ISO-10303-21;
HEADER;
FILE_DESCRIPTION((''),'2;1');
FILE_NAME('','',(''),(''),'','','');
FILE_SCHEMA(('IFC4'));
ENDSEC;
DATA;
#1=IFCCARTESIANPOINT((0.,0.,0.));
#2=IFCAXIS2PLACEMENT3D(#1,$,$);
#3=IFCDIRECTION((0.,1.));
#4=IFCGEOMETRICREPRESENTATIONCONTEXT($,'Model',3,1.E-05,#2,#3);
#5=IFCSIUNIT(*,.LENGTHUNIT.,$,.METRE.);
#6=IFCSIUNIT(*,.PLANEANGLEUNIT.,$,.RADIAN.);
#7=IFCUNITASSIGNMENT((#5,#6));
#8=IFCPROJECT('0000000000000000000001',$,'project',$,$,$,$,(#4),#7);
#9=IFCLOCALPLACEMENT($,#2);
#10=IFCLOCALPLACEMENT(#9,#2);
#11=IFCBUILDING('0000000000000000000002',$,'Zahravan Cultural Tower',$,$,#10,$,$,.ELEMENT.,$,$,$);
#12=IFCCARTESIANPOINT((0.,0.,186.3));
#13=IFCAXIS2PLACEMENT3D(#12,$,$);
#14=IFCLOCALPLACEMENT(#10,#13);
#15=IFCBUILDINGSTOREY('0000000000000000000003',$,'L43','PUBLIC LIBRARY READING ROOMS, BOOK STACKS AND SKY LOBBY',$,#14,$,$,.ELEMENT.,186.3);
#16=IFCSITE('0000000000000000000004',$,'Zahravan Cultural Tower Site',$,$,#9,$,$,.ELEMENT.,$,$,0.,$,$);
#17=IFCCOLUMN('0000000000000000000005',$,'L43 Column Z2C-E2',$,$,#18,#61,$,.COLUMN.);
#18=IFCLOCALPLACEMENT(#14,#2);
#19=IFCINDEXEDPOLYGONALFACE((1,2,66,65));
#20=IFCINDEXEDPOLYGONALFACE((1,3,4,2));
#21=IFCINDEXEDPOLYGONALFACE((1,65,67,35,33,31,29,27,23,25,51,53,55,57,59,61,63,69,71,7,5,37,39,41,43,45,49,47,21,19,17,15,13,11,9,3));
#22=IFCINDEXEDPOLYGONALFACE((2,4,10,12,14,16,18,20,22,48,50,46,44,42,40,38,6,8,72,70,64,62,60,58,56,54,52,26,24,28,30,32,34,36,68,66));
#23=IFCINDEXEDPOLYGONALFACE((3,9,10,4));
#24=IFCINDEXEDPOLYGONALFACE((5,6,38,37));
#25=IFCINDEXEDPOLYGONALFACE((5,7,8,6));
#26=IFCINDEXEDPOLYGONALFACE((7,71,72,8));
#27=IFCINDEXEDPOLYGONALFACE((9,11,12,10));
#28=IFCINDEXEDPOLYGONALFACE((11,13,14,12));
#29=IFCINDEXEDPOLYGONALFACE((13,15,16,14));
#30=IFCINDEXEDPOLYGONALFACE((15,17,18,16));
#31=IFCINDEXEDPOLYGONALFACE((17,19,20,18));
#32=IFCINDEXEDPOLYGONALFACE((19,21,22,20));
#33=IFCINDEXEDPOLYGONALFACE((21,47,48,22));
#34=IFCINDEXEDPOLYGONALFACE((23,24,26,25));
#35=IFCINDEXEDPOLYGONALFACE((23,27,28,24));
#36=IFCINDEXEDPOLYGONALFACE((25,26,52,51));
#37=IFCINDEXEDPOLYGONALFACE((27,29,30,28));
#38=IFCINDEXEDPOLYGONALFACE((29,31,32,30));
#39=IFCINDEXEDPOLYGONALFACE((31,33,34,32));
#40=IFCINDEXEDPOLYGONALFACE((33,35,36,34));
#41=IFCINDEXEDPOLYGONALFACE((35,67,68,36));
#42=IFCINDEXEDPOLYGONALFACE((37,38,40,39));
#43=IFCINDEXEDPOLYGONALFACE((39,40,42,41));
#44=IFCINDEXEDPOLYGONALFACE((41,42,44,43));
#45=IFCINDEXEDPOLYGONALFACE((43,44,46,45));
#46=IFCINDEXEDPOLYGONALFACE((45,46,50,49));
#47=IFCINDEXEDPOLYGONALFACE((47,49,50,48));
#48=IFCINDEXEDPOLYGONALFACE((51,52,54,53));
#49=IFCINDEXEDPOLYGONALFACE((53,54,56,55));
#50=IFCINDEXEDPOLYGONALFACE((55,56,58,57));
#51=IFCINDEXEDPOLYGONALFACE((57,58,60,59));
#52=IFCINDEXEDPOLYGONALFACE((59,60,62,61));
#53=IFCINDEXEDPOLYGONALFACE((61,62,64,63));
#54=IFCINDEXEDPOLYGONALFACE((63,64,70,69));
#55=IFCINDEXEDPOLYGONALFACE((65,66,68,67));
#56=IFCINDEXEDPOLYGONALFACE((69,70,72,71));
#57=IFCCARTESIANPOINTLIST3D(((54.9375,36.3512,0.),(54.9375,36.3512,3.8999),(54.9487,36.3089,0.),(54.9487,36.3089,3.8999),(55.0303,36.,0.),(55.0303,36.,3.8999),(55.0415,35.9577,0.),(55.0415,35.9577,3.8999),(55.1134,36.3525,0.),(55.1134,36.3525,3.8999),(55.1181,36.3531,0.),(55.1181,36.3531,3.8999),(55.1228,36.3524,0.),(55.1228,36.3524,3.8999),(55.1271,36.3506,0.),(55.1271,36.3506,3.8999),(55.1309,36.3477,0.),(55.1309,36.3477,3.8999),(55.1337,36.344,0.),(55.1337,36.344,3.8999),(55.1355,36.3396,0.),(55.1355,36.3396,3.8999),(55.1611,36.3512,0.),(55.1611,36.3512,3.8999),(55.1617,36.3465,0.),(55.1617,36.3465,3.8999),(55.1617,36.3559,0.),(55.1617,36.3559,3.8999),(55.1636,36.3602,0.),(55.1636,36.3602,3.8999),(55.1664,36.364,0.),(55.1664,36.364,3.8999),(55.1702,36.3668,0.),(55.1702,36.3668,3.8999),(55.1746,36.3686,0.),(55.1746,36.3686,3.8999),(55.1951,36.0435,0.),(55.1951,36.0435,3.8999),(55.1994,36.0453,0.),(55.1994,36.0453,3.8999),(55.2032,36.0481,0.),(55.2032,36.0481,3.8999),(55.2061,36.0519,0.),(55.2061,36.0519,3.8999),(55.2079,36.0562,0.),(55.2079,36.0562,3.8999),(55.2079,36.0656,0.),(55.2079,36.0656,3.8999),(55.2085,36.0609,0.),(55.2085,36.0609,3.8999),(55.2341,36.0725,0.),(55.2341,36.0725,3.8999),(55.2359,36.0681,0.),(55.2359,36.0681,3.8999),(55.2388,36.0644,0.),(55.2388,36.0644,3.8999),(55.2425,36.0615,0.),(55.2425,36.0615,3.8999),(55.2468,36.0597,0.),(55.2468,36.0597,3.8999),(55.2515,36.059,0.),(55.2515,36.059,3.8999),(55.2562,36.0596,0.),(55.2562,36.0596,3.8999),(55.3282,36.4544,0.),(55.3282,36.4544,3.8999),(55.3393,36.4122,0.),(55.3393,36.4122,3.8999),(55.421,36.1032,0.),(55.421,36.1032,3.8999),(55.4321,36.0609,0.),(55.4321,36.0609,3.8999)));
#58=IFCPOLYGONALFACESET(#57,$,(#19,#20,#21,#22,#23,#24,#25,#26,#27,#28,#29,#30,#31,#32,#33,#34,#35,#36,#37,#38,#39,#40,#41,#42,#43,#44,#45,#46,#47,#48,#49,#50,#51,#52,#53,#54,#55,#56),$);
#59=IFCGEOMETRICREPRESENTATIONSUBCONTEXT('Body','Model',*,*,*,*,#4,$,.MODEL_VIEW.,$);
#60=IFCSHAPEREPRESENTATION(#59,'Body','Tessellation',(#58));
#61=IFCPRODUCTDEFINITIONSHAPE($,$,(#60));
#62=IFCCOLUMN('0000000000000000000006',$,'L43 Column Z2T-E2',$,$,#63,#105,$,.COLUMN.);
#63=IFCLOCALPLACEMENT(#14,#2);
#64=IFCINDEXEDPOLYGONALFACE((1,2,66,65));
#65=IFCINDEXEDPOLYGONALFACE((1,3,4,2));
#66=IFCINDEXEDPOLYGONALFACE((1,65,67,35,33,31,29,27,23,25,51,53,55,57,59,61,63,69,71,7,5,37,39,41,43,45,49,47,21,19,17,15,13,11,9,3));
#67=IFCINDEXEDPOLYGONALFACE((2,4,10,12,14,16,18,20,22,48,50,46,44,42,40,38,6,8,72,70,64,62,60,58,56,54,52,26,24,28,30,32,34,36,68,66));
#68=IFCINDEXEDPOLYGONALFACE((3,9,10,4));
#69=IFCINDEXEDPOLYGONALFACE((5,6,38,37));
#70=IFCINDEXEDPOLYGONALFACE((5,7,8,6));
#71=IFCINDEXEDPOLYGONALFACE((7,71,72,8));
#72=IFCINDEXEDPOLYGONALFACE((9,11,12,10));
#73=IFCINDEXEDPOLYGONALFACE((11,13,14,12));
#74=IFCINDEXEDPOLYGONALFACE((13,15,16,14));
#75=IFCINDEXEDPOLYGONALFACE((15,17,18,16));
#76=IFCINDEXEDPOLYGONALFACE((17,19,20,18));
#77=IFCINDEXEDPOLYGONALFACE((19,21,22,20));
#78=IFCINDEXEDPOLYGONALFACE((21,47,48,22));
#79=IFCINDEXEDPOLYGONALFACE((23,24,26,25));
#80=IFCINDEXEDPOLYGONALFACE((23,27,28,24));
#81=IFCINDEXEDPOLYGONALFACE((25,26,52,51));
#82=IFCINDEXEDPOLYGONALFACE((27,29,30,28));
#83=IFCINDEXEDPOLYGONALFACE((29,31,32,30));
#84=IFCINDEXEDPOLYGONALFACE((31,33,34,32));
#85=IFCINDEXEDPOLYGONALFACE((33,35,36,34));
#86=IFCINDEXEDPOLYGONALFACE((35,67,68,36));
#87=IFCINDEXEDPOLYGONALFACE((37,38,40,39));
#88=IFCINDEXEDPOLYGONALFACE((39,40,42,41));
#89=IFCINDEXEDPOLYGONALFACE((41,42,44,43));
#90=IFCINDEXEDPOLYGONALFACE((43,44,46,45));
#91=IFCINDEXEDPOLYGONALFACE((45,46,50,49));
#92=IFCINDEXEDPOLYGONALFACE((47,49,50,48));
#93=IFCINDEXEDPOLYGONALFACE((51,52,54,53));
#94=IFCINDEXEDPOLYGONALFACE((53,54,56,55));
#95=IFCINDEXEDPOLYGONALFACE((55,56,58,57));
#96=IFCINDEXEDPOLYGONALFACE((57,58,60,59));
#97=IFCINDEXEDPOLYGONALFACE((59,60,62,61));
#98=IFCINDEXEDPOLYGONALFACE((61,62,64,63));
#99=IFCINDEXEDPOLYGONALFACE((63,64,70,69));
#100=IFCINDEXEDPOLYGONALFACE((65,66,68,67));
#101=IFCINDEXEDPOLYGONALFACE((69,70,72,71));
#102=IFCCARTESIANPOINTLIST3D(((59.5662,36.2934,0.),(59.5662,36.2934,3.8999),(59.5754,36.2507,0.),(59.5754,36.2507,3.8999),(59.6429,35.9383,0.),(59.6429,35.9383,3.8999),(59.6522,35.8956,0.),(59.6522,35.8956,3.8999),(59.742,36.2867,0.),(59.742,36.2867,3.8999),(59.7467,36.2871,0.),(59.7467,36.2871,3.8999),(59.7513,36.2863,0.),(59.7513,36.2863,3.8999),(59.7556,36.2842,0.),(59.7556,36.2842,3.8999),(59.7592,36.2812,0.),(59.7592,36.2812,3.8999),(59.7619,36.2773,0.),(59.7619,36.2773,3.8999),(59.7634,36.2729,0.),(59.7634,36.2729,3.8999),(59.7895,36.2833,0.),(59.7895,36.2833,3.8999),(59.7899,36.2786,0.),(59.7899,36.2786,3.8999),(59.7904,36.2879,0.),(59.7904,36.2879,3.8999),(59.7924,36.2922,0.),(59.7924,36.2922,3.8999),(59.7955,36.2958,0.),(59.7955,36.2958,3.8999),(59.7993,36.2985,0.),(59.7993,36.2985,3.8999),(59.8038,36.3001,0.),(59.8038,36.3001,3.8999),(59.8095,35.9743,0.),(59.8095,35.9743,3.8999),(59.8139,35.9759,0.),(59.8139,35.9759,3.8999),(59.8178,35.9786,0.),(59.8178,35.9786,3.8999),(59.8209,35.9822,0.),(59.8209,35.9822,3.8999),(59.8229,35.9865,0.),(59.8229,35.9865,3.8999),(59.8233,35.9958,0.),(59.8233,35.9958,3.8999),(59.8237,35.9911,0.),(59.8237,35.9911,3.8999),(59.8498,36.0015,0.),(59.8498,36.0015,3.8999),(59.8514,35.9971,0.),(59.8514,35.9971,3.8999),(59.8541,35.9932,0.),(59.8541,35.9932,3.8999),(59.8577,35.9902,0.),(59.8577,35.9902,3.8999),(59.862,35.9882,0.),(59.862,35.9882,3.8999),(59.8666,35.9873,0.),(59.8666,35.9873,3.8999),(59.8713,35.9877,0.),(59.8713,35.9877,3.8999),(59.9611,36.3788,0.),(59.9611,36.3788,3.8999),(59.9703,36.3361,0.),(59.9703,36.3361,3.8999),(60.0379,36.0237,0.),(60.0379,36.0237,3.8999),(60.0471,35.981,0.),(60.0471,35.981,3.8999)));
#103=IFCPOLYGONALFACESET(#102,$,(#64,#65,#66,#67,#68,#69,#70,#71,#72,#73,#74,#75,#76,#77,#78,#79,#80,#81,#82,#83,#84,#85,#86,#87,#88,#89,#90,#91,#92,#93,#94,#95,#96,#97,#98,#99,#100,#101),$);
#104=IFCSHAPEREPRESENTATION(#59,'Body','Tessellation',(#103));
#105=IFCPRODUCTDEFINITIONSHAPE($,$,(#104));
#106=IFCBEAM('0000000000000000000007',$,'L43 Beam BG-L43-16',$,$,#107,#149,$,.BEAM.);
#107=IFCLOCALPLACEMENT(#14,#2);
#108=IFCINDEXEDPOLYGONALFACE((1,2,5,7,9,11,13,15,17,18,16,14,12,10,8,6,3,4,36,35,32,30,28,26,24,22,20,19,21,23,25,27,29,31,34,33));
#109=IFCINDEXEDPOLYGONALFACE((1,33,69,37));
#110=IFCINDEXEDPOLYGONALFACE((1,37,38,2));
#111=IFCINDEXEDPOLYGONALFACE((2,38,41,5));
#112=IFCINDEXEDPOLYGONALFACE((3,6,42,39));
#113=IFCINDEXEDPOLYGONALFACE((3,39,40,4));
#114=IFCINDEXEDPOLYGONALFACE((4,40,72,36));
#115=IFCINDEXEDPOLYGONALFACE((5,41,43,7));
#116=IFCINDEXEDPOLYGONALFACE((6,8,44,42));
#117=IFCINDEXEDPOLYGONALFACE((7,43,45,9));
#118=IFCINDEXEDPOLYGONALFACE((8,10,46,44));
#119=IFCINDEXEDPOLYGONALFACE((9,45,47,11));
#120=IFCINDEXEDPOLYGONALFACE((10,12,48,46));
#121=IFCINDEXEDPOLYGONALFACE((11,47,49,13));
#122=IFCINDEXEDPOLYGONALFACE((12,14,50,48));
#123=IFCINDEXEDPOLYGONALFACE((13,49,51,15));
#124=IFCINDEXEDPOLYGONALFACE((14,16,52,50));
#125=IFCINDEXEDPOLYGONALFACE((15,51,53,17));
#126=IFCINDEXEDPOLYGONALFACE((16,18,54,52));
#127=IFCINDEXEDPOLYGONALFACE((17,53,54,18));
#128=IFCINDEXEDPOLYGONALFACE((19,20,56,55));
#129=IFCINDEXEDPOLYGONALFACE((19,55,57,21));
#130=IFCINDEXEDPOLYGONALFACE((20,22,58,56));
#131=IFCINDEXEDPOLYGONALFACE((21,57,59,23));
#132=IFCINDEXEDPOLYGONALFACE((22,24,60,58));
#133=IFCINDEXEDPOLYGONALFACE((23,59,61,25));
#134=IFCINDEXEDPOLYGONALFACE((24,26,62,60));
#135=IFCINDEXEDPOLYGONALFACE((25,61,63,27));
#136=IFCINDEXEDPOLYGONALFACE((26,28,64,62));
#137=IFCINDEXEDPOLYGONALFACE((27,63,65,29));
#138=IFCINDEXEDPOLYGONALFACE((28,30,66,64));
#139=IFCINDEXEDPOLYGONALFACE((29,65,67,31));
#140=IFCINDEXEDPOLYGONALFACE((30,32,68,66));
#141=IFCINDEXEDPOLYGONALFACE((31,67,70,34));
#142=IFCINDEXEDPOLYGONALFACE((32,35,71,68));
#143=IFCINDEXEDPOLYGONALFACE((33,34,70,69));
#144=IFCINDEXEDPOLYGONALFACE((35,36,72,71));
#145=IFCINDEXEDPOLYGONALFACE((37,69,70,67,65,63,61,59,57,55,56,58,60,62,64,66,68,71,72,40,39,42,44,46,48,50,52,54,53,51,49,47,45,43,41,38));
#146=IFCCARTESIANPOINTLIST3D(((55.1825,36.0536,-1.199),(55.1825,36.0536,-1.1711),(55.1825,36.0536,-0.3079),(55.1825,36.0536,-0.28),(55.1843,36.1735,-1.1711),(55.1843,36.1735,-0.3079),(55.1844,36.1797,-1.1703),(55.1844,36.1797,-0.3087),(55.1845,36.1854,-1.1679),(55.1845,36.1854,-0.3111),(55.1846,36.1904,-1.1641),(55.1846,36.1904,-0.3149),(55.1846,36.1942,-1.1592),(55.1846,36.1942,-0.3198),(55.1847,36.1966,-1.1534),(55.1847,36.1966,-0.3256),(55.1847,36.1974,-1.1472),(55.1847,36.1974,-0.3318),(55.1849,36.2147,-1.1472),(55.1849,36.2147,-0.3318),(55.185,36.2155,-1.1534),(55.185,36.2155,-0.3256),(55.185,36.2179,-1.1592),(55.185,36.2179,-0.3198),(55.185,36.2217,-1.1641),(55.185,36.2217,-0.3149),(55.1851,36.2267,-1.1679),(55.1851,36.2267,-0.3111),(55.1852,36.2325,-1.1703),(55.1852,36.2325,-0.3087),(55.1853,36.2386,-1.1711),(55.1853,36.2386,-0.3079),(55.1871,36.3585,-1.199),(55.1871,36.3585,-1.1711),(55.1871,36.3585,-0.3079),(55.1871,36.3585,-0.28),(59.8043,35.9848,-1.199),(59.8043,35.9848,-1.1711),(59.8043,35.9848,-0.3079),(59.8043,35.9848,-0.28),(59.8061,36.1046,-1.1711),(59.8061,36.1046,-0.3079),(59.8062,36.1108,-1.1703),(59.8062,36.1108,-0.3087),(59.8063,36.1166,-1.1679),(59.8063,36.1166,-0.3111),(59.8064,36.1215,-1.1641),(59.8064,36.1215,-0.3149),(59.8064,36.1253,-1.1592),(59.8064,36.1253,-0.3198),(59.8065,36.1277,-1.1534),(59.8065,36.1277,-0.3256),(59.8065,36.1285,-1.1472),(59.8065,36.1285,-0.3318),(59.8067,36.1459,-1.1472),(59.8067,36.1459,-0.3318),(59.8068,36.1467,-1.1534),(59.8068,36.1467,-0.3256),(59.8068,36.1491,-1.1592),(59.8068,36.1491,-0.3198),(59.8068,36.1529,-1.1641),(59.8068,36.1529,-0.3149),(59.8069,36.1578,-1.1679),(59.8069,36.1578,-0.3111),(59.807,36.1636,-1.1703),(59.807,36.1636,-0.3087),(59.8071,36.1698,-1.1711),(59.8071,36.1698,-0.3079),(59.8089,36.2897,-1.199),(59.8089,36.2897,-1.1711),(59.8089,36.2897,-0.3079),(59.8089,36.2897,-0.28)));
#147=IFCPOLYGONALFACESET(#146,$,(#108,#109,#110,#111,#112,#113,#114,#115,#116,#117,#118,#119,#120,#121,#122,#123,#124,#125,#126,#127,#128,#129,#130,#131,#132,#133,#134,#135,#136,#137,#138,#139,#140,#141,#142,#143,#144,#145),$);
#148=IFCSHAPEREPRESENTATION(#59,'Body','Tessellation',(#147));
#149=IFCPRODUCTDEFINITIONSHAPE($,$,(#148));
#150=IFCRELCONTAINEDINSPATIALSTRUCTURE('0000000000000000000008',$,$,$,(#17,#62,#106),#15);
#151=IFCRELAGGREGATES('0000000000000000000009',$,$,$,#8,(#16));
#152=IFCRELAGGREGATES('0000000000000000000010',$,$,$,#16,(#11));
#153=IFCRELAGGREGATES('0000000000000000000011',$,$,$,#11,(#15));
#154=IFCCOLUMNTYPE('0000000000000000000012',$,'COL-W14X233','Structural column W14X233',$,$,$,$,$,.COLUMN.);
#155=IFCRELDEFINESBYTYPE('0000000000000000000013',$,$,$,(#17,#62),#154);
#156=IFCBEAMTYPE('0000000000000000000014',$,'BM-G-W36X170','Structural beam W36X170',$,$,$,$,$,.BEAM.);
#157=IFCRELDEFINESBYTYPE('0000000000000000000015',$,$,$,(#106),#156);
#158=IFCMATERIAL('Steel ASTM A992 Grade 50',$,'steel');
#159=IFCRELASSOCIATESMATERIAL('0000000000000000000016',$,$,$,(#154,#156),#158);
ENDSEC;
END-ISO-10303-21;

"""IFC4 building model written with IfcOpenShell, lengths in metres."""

from ifc_helpers import new_model, si_unit, direction, frame, origin, origin_2d, place, context, subcontext, project, spatial, i_section, extrude, source, transform, mapped, material, material_profile, profile_set, type_object, element, save


model = new_model("IFC4")

# Units and contexts
model_context = context("Model", 3, precision=1e-05, world=origin(), true_north=direction((0.0, 1.0)))
body_context = subcontext(model_context, "Body", "Model", "MODEL_VIEW")
ifc_project = project(units=[si_unit("LENGTHUNIT", "METRE"), si_unit("PLANEANGLEUNIT", "RADIAN")], contexts=[model_context])

# Site, building, storey
site_placement = place(None, origin())
site = spatial("IfcSite", under=ifc_project, at=site_placement, Name="Zahravan Cultural Tower Site", CompositionType="ELEMENT", RefElevation=0.0)
building_placement = place(site_placement, origin())
building = spatial("IfcBuilding", under=site, at=building_placement, Name="Zahravan Cultural Tower", CompositionType="ELEMENT")
storey_placement = place(building_placement, frame((0.0, 0.0, 186.3)))
storey = spatial("IfcBuildingStorey", under=building, at=storey_placement, Name="L43", Description="PUBLIC LIBRARY READING ROOMS, BOOK STACKS AND SKY LOBBY", CompositionType="ELEMENT", Elevation=186.3)

# Columns
ifc_material_1 = material(Name="Steel ASTM A992 Grade 50", Category="steel")
ifc_material_profile_1 = material_profile(ifc_material_1, i_section(OverallWidth=0.4041, OverallDepth=0.407, WebThickness=0.0271, FlangeThickness=0.0437, FilletRadius=0.0181, at=origin_2d()), Name="W14X233")
ifc_profile_set_1 = profile_set([ifc_material_profile_1], Name="Steel ASTM A992 Grade 50")
column_type = type_object("IfcColumnType", Name="COL-W14X233", Description="Structural column W14X233", PredefinedType="COLUMN", material=ifc_profile_set_1)
shared_shape_1 = source(origin(), body_context, "Body", "SweptSolid", [
    extrude(i_section(OverallWidth=0.4041, OverallDepth=0.407, WebThickness=0.0271, FlangeThickness=0.0437, FilletRadius=0.0181, at=origin_2d()), origin(), (0.0, 0.0, 1.0), 3.8999),
])
for number, where, z_axis, x_axis, name in (
    (1, (55.1848, 36.2061, 0.0), (0.0, 0.0, 1.0), (0.966823, 0.255446, 0.0), "L43 Column Z2C-E2"),
    (2, (59.8066, 36.1372, 0.0), (0.0, 0.0, 1.0), (0.977416, 0.211325, 0.0), "L43 Column Z2T-E2"),
):
    element("IfcColumn", number, at=place(storey_placement, frame(where, z_axis=z_axis, x_axis=x_axis)), inside=storey, type_object=column_type, Name=name, PredefinedType="COLUMN", context=body_context, shape_type="MappedRepresentation", body=[
        mapped(shared_shape_1, transform((0.0, 0.0, 0.0), x_axis=(1.0, 0.0, 0.0), y_axis=(0.0, 1.0, 0.0), z_axis=(0.0, 0.0, 1.0), scale=1.0)),
    ])

# Beam
ifc_material_profile_2 = material_profile(ifc_material_1, i_section(OverallWidth=0.3049, OverallDepth=0.9189, WebThickness=0.0173, FlangeThickness=0.0278, FilletRadius=0.0239, at=origin_2d()), Name="W36X170")
ifc_profile_set_2 = profile_set([ifc_material_profile_2], Name="Steel ASTM A992 Grade 50")
beam_type_1 = type_object("IfcBeamType", Name="BM-G-W36X170", Description="Structural beam W36X170", PredefinedType="BEAM", material=ifc_profile_set_2)
shared_shape_2 = source(origin(), body_context, "Body", "SweptSolid", [
    extrude(i_section(OverallWidth=0.3049, OverallDepth=0.9189, WebThickness=0.0173, FlangeThickness=0.0278, FilletRadius=0.0239, at=origin_2d()), origin(), (0.0, 0.0, 1.0), 4.6223),
])
beam_1_placement = place(storey_placement, frame((55.1848, 36.2061, -0.7395), z_axis=(0.999889, -0.014895, 0.0), x_axis=(0.014895, 0.999889, 0.0)))
element("IfcBeam", 3, at=beam_1_placement, inside=storey, type_object=beam_type_1, Name="L43 Beam BG-L43-16", PredefinedType="BEAM", context=body_context, shape_type="MappedRepresentation", body=[
    mapped(shared_shape_2, transform((0.0, 0.0, 0.0), x_axis=(1.0, 0.0, 0.0), y_axis=(0.0, 1.0, 0.0), z_axis=(0.0, 0.0, 1.0), scale=1.0)),
])

save(model, "model.ifc")
